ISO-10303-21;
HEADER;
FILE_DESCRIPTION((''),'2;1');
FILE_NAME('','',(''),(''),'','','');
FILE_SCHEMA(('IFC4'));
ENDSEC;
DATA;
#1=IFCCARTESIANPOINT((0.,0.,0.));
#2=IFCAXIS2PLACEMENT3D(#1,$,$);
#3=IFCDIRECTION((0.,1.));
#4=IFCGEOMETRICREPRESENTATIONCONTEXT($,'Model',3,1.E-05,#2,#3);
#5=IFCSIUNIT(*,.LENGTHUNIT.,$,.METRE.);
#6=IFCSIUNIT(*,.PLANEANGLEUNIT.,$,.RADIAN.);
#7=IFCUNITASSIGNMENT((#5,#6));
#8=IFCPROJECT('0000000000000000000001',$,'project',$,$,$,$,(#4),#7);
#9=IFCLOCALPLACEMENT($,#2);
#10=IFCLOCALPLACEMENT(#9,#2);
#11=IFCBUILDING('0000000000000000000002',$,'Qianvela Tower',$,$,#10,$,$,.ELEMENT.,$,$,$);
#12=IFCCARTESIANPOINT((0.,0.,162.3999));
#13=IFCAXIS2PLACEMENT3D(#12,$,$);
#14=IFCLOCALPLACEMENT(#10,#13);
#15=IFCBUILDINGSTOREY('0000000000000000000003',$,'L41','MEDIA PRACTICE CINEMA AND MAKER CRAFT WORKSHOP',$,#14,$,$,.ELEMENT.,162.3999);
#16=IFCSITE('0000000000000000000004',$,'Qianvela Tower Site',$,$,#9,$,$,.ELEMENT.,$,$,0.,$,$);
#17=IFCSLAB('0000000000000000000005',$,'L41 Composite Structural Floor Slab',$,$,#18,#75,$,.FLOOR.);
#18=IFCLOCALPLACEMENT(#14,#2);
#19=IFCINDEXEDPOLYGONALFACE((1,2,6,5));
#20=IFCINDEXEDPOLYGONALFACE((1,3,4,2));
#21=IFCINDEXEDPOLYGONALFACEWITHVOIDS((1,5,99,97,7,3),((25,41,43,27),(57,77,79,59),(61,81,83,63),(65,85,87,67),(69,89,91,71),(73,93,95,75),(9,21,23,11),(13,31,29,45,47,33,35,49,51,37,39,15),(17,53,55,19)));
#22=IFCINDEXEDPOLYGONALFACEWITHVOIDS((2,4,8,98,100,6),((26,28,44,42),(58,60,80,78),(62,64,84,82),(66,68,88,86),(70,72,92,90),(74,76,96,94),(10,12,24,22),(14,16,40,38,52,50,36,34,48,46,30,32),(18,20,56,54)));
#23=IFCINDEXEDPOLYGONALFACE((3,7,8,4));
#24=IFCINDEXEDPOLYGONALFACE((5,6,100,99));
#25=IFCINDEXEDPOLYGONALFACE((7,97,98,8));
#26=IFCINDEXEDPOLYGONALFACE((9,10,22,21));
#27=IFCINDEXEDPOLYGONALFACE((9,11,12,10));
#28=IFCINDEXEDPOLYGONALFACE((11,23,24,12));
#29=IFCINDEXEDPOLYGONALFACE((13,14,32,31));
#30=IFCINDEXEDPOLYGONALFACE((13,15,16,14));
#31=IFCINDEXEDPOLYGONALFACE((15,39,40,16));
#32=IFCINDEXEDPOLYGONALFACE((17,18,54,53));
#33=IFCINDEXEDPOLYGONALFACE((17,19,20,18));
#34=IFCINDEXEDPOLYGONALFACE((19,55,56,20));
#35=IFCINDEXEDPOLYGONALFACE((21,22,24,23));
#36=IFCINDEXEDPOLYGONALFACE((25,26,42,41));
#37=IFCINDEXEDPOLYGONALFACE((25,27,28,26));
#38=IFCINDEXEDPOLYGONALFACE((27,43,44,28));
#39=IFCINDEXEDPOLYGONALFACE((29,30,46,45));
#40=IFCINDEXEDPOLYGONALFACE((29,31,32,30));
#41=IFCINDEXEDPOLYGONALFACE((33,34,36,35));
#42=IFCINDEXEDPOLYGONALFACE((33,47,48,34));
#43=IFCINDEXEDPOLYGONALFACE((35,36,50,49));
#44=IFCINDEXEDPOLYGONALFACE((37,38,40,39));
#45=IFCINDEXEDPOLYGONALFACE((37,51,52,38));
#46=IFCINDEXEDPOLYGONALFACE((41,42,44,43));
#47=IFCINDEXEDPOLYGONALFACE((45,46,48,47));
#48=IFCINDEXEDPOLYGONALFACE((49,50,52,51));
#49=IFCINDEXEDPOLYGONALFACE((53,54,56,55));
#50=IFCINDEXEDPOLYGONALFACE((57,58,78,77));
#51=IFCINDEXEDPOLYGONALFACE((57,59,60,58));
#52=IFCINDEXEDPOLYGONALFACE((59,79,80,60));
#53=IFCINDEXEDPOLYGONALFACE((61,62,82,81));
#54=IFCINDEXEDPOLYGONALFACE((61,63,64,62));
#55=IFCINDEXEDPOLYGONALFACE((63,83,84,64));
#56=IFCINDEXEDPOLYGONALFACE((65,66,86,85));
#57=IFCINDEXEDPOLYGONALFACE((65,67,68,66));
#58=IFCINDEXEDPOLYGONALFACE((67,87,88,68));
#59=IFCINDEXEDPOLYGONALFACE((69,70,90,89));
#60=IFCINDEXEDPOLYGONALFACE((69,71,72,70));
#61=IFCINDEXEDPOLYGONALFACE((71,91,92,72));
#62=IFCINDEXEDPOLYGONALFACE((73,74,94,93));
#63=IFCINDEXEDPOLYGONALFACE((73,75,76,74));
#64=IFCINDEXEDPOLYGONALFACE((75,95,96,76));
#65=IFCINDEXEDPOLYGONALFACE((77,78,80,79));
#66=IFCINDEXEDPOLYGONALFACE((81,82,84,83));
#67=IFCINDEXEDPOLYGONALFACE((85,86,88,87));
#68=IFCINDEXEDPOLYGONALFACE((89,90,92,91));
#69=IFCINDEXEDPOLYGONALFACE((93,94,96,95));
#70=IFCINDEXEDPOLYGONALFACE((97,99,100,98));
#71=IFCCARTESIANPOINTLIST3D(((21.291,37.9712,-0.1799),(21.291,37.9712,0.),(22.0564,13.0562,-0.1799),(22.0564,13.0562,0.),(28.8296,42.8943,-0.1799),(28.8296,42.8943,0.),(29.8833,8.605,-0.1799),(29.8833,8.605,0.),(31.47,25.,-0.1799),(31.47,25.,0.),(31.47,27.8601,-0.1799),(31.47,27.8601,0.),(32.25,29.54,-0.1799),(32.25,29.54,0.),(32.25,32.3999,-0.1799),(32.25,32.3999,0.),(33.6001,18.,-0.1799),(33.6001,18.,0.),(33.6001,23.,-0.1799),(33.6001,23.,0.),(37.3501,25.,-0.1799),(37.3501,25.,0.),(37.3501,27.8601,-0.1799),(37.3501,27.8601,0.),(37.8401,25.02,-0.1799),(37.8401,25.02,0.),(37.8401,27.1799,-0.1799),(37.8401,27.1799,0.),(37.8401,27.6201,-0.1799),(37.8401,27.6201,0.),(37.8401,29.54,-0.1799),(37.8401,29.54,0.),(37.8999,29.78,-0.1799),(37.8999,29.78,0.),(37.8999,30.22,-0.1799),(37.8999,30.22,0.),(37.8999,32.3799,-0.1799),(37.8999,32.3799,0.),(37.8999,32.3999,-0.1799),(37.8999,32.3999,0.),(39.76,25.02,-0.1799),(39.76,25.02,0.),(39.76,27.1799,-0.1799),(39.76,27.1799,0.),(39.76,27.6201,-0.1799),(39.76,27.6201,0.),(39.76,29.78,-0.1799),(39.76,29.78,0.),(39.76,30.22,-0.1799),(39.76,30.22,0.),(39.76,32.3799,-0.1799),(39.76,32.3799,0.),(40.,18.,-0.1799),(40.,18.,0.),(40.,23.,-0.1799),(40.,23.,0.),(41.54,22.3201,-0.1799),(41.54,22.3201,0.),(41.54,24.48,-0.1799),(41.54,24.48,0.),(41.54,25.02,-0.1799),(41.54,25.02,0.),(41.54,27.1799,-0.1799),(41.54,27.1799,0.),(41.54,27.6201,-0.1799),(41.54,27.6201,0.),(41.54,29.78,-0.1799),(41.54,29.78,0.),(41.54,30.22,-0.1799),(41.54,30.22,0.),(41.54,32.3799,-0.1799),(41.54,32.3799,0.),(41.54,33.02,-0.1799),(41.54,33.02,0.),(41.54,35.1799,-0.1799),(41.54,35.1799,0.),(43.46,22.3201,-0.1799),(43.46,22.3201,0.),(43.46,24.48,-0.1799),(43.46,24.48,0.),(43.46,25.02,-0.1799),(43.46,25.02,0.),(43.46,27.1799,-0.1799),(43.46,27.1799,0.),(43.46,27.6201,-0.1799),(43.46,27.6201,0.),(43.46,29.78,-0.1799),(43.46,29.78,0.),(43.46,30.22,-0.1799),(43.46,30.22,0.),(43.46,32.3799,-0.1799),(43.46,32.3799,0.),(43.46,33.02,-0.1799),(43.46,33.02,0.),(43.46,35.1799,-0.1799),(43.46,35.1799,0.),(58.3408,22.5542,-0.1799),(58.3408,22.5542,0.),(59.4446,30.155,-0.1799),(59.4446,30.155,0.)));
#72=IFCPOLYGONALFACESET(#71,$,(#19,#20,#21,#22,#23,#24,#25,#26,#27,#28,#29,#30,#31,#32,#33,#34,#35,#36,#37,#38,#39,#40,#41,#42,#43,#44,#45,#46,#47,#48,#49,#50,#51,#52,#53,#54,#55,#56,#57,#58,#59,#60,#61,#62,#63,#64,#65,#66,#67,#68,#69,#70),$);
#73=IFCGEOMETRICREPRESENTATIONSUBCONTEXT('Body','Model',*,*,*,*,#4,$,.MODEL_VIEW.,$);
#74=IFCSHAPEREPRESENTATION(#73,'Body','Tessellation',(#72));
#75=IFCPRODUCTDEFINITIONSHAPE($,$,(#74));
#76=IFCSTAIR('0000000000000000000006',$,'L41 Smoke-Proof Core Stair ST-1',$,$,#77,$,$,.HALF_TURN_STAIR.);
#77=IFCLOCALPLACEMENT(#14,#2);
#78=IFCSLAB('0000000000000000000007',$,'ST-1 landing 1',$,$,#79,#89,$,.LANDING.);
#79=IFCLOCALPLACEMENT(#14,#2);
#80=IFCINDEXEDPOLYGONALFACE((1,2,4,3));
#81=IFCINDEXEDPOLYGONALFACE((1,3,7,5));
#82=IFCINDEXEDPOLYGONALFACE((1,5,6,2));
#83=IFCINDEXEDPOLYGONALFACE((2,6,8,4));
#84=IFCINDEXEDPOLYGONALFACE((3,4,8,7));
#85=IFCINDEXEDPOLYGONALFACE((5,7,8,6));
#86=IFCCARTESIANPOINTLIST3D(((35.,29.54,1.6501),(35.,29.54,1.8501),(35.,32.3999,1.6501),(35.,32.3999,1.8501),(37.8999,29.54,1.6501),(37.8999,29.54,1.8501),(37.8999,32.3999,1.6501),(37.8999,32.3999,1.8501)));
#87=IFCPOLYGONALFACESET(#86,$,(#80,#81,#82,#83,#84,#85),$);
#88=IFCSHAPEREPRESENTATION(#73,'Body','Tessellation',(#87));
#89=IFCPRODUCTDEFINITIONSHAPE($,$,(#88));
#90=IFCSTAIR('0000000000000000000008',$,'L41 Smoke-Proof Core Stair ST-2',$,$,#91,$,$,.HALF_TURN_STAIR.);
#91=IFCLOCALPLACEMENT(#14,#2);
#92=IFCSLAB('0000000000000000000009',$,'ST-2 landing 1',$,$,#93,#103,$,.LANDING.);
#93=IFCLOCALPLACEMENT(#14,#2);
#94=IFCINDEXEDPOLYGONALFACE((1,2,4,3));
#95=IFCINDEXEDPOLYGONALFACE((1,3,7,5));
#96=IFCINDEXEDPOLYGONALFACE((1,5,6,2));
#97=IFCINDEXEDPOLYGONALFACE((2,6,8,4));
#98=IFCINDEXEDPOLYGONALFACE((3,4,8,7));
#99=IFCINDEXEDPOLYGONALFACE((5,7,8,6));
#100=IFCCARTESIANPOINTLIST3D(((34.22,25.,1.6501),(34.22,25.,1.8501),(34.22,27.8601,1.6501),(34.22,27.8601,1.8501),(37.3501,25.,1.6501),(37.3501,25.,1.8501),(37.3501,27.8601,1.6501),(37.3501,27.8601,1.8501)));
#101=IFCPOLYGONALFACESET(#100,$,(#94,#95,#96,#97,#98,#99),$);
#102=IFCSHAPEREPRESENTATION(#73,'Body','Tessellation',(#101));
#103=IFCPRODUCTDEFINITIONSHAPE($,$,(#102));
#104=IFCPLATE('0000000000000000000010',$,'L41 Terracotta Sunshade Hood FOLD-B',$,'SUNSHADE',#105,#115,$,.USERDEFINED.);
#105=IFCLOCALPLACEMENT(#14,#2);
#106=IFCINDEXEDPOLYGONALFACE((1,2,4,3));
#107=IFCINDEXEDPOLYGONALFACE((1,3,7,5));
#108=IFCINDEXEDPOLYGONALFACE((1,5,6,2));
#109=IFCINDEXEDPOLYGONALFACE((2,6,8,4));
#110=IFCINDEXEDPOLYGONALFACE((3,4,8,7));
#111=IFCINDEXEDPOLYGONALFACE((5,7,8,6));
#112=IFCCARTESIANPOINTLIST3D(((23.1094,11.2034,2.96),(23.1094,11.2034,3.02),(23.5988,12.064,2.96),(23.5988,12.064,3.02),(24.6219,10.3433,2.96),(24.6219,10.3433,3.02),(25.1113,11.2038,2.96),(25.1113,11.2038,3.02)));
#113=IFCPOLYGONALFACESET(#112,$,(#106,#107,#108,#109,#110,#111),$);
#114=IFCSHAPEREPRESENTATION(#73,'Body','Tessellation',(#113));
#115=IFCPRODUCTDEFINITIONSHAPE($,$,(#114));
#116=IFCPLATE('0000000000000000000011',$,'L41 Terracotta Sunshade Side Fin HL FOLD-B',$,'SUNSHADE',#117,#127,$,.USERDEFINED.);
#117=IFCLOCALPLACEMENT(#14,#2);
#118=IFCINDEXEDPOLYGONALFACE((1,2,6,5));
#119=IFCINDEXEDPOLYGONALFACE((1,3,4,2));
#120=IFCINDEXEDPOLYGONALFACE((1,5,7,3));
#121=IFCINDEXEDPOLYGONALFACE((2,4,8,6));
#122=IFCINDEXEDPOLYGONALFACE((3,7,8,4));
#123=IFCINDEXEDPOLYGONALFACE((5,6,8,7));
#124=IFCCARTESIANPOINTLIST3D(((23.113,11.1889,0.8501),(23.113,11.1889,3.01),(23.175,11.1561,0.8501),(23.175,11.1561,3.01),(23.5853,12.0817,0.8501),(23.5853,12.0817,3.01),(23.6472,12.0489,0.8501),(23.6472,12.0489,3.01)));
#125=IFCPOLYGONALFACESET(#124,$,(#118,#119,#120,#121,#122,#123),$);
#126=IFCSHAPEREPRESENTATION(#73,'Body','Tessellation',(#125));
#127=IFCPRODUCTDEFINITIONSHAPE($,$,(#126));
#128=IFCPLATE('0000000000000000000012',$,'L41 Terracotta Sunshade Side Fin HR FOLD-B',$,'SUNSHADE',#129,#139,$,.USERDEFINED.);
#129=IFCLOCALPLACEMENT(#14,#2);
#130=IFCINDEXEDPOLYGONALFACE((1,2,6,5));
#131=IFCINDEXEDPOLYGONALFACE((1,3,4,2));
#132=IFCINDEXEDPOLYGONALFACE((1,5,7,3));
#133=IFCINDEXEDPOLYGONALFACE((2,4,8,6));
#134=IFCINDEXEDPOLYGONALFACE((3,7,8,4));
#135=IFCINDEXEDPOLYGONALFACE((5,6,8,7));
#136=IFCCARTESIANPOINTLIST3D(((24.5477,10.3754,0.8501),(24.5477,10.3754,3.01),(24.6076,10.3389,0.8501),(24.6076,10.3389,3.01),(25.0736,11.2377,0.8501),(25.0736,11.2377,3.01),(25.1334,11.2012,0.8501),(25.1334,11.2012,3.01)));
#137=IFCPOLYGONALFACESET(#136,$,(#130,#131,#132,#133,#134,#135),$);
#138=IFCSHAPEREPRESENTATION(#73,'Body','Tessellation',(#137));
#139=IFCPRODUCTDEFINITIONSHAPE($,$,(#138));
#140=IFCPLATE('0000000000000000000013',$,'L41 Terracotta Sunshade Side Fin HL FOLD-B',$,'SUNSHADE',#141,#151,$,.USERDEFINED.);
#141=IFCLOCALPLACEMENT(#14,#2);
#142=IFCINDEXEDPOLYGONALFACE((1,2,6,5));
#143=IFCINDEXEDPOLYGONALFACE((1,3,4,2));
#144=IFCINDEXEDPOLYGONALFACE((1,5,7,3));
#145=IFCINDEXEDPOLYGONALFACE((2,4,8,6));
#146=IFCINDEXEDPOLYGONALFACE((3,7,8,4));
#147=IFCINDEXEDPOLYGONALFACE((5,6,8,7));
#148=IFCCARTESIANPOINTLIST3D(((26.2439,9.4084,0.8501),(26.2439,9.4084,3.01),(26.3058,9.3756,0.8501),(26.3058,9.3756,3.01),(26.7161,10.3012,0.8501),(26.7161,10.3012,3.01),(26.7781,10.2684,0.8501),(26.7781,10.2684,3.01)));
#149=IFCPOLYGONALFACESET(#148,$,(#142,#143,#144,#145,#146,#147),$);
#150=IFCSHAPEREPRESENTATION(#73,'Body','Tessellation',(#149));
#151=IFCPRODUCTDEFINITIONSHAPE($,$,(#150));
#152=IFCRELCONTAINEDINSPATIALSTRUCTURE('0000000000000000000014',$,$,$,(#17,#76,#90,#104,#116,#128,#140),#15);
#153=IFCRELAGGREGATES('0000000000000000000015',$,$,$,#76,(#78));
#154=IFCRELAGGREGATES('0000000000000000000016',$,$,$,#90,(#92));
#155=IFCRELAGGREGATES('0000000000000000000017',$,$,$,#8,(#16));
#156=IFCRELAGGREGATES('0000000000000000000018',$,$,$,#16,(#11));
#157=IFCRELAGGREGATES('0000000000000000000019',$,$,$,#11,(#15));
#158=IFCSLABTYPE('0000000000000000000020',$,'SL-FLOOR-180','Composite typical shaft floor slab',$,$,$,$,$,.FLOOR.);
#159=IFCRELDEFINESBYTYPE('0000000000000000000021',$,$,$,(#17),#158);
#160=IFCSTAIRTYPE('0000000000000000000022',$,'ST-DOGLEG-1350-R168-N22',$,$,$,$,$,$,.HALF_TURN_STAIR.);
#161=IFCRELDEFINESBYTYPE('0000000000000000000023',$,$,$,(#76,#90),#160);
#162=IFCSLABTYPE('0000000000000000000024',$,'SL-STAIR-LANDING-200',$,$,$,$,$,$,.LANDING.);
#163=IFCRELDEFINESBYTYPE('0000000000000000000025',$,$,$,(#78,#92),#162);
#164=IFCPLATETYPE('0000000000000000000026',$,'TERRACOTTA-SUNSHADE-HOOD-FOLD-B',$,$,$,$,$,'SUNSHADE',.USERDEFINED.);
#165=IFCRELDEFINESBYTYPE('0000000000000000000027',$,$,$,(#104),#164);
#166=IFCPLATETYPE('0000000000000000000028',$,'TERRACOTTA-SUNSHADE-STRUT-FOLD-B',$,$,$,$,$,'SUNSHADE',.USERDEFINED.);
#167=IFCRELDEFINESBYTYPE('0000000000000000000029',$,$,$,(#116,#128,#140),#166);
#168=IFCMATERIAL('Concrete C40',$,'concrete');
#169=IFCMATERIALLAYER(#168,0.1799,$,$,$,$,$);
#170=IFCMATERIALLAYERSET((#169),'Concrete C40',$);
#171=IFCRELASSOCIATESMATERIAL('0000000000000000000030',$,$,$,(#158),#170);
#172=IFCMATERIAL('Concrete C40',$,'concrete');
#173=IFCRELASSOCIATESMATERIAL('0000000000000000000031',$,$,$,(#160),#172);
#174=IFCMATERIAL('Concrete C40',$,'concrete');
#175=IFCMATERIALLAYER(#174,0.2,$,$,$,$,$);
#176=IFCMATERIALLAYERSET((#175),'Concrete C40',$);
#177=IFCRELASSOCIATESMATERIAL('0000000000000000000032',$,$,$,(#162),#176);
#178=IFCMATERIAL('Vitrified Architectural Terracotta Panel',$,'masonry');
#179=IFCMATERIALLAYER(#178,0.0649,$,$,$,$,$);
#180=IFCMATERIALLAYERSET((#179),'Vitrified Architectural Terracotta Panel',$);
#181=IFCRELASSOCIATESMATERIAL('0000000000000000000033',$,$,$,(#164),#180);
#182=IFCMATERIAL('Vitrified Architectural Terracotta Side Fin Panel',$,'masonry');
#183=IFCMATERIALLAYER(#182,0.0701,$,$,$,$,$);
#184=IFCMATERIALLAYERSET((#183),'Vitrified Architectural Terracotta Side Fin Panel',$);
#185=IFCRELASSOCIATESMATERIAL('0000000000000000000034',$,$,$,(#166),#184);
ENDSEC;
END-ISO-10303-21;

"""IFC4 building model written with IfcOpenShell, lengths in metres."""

from ifc_helpers import new_model, si_unit, direction, frame, origin, origin_2d, place, context, subcontext, project, spatial, polyline, rectangle, outline, extrude, material, layer, layer_set, type_object, element, aggregate, save


model = new_model("IFC4")

# Units and contexts
model_context = context("Model", 3, precision=1e-05, world=origin(), true_north=direction((0.0, 1.0)))
body_context = subcontext(model_context, "Body", "Model", "MODEL_VIEW")
ifc_project = project(units=[si_unit("LENGTHUNIT", "METRE"), si_unit("PLANEANGLEUNIT", "RADIAN")], contexts=[model_context])

# Site, building, storey
site_placement = place(None, origin())
site = spatial("IfcSite", under=ifc_project, at=site_placement, Name="Qianvela Tower Site", CompositionType="ELEMENT", RefElevation=0.0)
building_placement = place(site_placement, origin())
building = spatial("IfcBuilding", under=site, at=building_placement, Name="Qianvela Tower", CompositionType="ELEMENT")
storey_placement = place(building_placement, frame((0.0, 0.0, 162.3999)))
storey = spatial("IfcBuildingStorey", under=building, at=storey_placement, Name="L41", Description="MEDIA PRACTICE CINEMA AND MAKER CRAFT WORKSHOP", CompositionType="ELEMENT", Elevation=162.3999)

# Slab
ifc_material_1 = material(Name="Concrete C40", Category="concrete")
ifc_layer_1 = layer(ifc_material_1, 0.1799)
ifc_layer_set_1 = layer_set([ifc_layer_1], Name="Concrete C40")
slab_type_1 = type_object("IfcSlabType", Name="SL-FLOOR-180", Description="Composite typical shaft floor slab", PredefinedType="FLOOR", material=ifc_layer_set_1)
slab_1_placement = place(storey_placement, frame((0.0, 0.0, -0.1799)))
element("IfcSlab", 1, at=slab_1_placement, inside=storey, type_object=slab_type_1, Name="L41 Composite Structural Floor Slab", PredefinedType="FLOOR", context=body_context, shape_type="SweptSolid", body=[
    extrude(outline(polyline([(58.3408, 22.5542), (59.4446, 30.155), (28.8296, 42.8943), (21.291, 37.9712), (22.0564, 13.0562), (29.8833, 8.605), (58.3408, 22.5542)]), holes=[polyline([(40.0, 23.0), (33.6001, 23.0), (33.6001, 18.0), (40.0, 18.0), (40.0, 23.0)]), polyline([(39.76, 27.1799), (37.8401, 27.1799), (37.8401, 25.02), (39.76, 25.02), (39.76, 27.1799)]), polyline([(37.3501, 27.8601), (31.47, 27.8601), (31.47, 25.0), (37.3501, 25.0), (37.3501, 27.8601)]), polyline([(37.8401, 27.6201), (39.76, 27.6201), (39.76, 29.78), (37.8999, 29.78), (37.8999, 30.22), (39.76, 30.22), (39.76, 32.3799), (37.8999, 32.3799), (37.8999, 32.3999), (32.25, 32.3999), (32.25, 29.54), (37.8401, 29.54), (37.8401, 27.6201)]), polyline([(43.46, 22.3201), (43.46, 24.48), (41.54, 24.48), (41.54, 22.3201), (43.46, 22.3201)]), polyline([(43.46, 25.02), (43.46, 27.1799), (41.54, 27.1799), (41.54, 25.02), (43.46, 25.02)]), polyline([(43.46, 29.78), (41.54, 29.78), (41.54, 27.6201), (43.46, 27.6201), (43.46, 29.78)]), polyline([(43.46, 30.22), (43.46, 32.3799), (41.54, 32.3799), (41.54, 30.22), (43.46, 30.22)]), polyline([(43.46, 33.02), (43.46, 35.1799), (41.54, 35.1799), (41.54, 33.02), (43.46, 33.02)])]), origin(), (0.0, 0.0, 1.0), 0.1799),
])

# Stairs, slabs
ifc_material_2 = material(Name="Concrete C40", Category="concrete")
stair_type = type_object("IfcStairType", Name="ST-DOGLEG-1350-R168-N22", PredefinedType="HALF_TURN_STAIR", material=ifc_material_2)
stair_1_placement = place(storey_placement, origin())
stair_1 = element("IfcStair", 2, at=stair_1_placement, inside=storey, type_object=stair_type, Name="L41 Smoke-Proof Core Stair ST-1", PredefinedType="HALF_TURN_STAIR")
ifc_material_3 = material(Name="Concrete C40", Category="concrete")
ifc_layer_2 = layer(ifc_material_3, 0.2)
ifc_layer_set_2 = layer_set([ifc_layer_2], Name="Concrete C40")
slab_type_2 = type_object("IfcSlabType", Name="SL-STAIR-LANDING-200", PredefinedType="LANDING", material=ifc_layer_set_2)
slab_2_placement = place(storey_placement, frame((0.0, 0.0, 1.6501)))
slab_2 = element("IfcSlab", 3, at=slab_2_placement, type_object=slab_type_2, Name="ST-1 landing 1", PredefinedType="LANDING", context=body_context, shape_type="SweptSolid", body=[
    extrude(outline(polyline([(35.0, 29.54), (37.8999, 29.54), (37.8999, 32.3999), (35.0, 32.3999), (35.0, 29.54)])), origin(), (0.0, 0.0, 1.0), 0.2),
])
aggregate(stair_1, [slab_2])
stair_2_placement = place(storey_placement, origin())
stair_2 = element("IfcStair", 4, at=stair_2_placement, inside=storey, type_object=stair_type, Name="L41 Smoke-Proof Core Stair ST-2", PredefinedType="HALF_TURN_STAIR")
slab_3_placement = place(storey_placement, frame((0.0, 0.0, 1.6501)))
slab_3 = element("IfcSlab", 5, at=slab_3_placement, type_object=slab_type_2, Name="ST-2 landing 1", PredefinedType="LANDING", context=body_context, shape_type="SweptSolid", body=[
    extrude(outline(polyline([(34.22, 25.0), (37.3501, 25.0), (37.3501, 27.8601), (34.22, 27.8601), (34.22, 25.0)])), origin(), (0.0, 0.0, 1.0), 0.2),
])
aggregate(stair_2, [slab_3])

# Plates
ifc_material_4 = material(Name="Vitrified Architectural Terracotta Panel", Category="masonry")
ifc_layer_3 = layer(ifc_material_4, 0.0649)
ifc_layer_set_3 = layer_set([ifc_layer_3], Name="Vitrified Architectural Terracotta Panel")
plate_type_1 = type_object("IfcPlateType", Name="TERRACOTTA-SUNSHADE-HOOD-FOLD-B", ElementType="SUNSHADE", PredefinedType="USERDEFINED", material=ifc_layer_set_3)
plate_1_placement = place(storey_placement, frame((24.1104, 11.2036, 2.96), z_axis=(0.0, 0.0, 1.0), x_axis=(0.869268, -0.494341, 0.0)))
element("IfcPlate", 6, at=plate_1_placement, inside=storey, type_object=plate_type_1, Name="L41 Terracotta Sunshade Hood FOLD-B", ObjectType="SUNSHADE", PredefinedType="USERDEFINED", context=body_context, shape_type="SweptSolid", body=[
    extrude(rectangle(XDim=1.74, YDim=0.99, at=origin_2d()), origin(), (0.0, 0.0, 1.0), 0.0601),
])
ifc_material_5 = material(Name="Vitrified Architectural Terracotta Side Fin Panel", Category="masonry")
ifc_layer_4 = layer(ifc_material_5, 0.0701)
ifc_layer_set_4 = layer_set([ifc_layer_4], Name="Vitrified Architectural Terracotta Side Fin Panel")
plate_type_2 = type_object("IfcPlateType", Name="TERRACOTTA-SUNSHADE-STRUT-FOLD-B", ElementType="SUNSHADE", PredefinedType="USERDEFINED", material=ifc_layer_set_4)
for number, where, z_axis, x_axis, name in (
    (7, (23.3801, 11.6189, 0.8501), (0.0, 0.0, 1.0), (0.883959, -0.467564, 0.0), "L41 Terracotta Sunshade Side Fin HL FOLD-B"),
    (8, (24.8406, 10.7883, 0.8501), (0.0, 0.0, 1.0), (0.853766, -0.520657, 0.0), "L41 Terracotta Sunshade Side Fin HR FOLD-B"),
    (9, (26.511, 9.8384, 0.8501), (0.0, 0.0, 1.0), (0.883959, -0.467564, 0.0), "L41 Terracotta Sunshade Side Fin HL FOLD-B"),
):
    element("IfcPlate", number, at=place(storey_placement, frame(where, z_axis=z_axis, x_axis=x_axis)), inside=storey, type_object=plate_type_2, Name=name, ObjectType="SUNSHADE", PredefinedType="USERDEFINED", context=body_context, shape_type="SweptSolid", body=[
        extrude(rectangle(XDim=0.0701, YDim=1.01, at=origin_2d()), origin(), (0.0, 0.0, 1.0), 2.1599),
    ])

save(model, "model.ifc")
